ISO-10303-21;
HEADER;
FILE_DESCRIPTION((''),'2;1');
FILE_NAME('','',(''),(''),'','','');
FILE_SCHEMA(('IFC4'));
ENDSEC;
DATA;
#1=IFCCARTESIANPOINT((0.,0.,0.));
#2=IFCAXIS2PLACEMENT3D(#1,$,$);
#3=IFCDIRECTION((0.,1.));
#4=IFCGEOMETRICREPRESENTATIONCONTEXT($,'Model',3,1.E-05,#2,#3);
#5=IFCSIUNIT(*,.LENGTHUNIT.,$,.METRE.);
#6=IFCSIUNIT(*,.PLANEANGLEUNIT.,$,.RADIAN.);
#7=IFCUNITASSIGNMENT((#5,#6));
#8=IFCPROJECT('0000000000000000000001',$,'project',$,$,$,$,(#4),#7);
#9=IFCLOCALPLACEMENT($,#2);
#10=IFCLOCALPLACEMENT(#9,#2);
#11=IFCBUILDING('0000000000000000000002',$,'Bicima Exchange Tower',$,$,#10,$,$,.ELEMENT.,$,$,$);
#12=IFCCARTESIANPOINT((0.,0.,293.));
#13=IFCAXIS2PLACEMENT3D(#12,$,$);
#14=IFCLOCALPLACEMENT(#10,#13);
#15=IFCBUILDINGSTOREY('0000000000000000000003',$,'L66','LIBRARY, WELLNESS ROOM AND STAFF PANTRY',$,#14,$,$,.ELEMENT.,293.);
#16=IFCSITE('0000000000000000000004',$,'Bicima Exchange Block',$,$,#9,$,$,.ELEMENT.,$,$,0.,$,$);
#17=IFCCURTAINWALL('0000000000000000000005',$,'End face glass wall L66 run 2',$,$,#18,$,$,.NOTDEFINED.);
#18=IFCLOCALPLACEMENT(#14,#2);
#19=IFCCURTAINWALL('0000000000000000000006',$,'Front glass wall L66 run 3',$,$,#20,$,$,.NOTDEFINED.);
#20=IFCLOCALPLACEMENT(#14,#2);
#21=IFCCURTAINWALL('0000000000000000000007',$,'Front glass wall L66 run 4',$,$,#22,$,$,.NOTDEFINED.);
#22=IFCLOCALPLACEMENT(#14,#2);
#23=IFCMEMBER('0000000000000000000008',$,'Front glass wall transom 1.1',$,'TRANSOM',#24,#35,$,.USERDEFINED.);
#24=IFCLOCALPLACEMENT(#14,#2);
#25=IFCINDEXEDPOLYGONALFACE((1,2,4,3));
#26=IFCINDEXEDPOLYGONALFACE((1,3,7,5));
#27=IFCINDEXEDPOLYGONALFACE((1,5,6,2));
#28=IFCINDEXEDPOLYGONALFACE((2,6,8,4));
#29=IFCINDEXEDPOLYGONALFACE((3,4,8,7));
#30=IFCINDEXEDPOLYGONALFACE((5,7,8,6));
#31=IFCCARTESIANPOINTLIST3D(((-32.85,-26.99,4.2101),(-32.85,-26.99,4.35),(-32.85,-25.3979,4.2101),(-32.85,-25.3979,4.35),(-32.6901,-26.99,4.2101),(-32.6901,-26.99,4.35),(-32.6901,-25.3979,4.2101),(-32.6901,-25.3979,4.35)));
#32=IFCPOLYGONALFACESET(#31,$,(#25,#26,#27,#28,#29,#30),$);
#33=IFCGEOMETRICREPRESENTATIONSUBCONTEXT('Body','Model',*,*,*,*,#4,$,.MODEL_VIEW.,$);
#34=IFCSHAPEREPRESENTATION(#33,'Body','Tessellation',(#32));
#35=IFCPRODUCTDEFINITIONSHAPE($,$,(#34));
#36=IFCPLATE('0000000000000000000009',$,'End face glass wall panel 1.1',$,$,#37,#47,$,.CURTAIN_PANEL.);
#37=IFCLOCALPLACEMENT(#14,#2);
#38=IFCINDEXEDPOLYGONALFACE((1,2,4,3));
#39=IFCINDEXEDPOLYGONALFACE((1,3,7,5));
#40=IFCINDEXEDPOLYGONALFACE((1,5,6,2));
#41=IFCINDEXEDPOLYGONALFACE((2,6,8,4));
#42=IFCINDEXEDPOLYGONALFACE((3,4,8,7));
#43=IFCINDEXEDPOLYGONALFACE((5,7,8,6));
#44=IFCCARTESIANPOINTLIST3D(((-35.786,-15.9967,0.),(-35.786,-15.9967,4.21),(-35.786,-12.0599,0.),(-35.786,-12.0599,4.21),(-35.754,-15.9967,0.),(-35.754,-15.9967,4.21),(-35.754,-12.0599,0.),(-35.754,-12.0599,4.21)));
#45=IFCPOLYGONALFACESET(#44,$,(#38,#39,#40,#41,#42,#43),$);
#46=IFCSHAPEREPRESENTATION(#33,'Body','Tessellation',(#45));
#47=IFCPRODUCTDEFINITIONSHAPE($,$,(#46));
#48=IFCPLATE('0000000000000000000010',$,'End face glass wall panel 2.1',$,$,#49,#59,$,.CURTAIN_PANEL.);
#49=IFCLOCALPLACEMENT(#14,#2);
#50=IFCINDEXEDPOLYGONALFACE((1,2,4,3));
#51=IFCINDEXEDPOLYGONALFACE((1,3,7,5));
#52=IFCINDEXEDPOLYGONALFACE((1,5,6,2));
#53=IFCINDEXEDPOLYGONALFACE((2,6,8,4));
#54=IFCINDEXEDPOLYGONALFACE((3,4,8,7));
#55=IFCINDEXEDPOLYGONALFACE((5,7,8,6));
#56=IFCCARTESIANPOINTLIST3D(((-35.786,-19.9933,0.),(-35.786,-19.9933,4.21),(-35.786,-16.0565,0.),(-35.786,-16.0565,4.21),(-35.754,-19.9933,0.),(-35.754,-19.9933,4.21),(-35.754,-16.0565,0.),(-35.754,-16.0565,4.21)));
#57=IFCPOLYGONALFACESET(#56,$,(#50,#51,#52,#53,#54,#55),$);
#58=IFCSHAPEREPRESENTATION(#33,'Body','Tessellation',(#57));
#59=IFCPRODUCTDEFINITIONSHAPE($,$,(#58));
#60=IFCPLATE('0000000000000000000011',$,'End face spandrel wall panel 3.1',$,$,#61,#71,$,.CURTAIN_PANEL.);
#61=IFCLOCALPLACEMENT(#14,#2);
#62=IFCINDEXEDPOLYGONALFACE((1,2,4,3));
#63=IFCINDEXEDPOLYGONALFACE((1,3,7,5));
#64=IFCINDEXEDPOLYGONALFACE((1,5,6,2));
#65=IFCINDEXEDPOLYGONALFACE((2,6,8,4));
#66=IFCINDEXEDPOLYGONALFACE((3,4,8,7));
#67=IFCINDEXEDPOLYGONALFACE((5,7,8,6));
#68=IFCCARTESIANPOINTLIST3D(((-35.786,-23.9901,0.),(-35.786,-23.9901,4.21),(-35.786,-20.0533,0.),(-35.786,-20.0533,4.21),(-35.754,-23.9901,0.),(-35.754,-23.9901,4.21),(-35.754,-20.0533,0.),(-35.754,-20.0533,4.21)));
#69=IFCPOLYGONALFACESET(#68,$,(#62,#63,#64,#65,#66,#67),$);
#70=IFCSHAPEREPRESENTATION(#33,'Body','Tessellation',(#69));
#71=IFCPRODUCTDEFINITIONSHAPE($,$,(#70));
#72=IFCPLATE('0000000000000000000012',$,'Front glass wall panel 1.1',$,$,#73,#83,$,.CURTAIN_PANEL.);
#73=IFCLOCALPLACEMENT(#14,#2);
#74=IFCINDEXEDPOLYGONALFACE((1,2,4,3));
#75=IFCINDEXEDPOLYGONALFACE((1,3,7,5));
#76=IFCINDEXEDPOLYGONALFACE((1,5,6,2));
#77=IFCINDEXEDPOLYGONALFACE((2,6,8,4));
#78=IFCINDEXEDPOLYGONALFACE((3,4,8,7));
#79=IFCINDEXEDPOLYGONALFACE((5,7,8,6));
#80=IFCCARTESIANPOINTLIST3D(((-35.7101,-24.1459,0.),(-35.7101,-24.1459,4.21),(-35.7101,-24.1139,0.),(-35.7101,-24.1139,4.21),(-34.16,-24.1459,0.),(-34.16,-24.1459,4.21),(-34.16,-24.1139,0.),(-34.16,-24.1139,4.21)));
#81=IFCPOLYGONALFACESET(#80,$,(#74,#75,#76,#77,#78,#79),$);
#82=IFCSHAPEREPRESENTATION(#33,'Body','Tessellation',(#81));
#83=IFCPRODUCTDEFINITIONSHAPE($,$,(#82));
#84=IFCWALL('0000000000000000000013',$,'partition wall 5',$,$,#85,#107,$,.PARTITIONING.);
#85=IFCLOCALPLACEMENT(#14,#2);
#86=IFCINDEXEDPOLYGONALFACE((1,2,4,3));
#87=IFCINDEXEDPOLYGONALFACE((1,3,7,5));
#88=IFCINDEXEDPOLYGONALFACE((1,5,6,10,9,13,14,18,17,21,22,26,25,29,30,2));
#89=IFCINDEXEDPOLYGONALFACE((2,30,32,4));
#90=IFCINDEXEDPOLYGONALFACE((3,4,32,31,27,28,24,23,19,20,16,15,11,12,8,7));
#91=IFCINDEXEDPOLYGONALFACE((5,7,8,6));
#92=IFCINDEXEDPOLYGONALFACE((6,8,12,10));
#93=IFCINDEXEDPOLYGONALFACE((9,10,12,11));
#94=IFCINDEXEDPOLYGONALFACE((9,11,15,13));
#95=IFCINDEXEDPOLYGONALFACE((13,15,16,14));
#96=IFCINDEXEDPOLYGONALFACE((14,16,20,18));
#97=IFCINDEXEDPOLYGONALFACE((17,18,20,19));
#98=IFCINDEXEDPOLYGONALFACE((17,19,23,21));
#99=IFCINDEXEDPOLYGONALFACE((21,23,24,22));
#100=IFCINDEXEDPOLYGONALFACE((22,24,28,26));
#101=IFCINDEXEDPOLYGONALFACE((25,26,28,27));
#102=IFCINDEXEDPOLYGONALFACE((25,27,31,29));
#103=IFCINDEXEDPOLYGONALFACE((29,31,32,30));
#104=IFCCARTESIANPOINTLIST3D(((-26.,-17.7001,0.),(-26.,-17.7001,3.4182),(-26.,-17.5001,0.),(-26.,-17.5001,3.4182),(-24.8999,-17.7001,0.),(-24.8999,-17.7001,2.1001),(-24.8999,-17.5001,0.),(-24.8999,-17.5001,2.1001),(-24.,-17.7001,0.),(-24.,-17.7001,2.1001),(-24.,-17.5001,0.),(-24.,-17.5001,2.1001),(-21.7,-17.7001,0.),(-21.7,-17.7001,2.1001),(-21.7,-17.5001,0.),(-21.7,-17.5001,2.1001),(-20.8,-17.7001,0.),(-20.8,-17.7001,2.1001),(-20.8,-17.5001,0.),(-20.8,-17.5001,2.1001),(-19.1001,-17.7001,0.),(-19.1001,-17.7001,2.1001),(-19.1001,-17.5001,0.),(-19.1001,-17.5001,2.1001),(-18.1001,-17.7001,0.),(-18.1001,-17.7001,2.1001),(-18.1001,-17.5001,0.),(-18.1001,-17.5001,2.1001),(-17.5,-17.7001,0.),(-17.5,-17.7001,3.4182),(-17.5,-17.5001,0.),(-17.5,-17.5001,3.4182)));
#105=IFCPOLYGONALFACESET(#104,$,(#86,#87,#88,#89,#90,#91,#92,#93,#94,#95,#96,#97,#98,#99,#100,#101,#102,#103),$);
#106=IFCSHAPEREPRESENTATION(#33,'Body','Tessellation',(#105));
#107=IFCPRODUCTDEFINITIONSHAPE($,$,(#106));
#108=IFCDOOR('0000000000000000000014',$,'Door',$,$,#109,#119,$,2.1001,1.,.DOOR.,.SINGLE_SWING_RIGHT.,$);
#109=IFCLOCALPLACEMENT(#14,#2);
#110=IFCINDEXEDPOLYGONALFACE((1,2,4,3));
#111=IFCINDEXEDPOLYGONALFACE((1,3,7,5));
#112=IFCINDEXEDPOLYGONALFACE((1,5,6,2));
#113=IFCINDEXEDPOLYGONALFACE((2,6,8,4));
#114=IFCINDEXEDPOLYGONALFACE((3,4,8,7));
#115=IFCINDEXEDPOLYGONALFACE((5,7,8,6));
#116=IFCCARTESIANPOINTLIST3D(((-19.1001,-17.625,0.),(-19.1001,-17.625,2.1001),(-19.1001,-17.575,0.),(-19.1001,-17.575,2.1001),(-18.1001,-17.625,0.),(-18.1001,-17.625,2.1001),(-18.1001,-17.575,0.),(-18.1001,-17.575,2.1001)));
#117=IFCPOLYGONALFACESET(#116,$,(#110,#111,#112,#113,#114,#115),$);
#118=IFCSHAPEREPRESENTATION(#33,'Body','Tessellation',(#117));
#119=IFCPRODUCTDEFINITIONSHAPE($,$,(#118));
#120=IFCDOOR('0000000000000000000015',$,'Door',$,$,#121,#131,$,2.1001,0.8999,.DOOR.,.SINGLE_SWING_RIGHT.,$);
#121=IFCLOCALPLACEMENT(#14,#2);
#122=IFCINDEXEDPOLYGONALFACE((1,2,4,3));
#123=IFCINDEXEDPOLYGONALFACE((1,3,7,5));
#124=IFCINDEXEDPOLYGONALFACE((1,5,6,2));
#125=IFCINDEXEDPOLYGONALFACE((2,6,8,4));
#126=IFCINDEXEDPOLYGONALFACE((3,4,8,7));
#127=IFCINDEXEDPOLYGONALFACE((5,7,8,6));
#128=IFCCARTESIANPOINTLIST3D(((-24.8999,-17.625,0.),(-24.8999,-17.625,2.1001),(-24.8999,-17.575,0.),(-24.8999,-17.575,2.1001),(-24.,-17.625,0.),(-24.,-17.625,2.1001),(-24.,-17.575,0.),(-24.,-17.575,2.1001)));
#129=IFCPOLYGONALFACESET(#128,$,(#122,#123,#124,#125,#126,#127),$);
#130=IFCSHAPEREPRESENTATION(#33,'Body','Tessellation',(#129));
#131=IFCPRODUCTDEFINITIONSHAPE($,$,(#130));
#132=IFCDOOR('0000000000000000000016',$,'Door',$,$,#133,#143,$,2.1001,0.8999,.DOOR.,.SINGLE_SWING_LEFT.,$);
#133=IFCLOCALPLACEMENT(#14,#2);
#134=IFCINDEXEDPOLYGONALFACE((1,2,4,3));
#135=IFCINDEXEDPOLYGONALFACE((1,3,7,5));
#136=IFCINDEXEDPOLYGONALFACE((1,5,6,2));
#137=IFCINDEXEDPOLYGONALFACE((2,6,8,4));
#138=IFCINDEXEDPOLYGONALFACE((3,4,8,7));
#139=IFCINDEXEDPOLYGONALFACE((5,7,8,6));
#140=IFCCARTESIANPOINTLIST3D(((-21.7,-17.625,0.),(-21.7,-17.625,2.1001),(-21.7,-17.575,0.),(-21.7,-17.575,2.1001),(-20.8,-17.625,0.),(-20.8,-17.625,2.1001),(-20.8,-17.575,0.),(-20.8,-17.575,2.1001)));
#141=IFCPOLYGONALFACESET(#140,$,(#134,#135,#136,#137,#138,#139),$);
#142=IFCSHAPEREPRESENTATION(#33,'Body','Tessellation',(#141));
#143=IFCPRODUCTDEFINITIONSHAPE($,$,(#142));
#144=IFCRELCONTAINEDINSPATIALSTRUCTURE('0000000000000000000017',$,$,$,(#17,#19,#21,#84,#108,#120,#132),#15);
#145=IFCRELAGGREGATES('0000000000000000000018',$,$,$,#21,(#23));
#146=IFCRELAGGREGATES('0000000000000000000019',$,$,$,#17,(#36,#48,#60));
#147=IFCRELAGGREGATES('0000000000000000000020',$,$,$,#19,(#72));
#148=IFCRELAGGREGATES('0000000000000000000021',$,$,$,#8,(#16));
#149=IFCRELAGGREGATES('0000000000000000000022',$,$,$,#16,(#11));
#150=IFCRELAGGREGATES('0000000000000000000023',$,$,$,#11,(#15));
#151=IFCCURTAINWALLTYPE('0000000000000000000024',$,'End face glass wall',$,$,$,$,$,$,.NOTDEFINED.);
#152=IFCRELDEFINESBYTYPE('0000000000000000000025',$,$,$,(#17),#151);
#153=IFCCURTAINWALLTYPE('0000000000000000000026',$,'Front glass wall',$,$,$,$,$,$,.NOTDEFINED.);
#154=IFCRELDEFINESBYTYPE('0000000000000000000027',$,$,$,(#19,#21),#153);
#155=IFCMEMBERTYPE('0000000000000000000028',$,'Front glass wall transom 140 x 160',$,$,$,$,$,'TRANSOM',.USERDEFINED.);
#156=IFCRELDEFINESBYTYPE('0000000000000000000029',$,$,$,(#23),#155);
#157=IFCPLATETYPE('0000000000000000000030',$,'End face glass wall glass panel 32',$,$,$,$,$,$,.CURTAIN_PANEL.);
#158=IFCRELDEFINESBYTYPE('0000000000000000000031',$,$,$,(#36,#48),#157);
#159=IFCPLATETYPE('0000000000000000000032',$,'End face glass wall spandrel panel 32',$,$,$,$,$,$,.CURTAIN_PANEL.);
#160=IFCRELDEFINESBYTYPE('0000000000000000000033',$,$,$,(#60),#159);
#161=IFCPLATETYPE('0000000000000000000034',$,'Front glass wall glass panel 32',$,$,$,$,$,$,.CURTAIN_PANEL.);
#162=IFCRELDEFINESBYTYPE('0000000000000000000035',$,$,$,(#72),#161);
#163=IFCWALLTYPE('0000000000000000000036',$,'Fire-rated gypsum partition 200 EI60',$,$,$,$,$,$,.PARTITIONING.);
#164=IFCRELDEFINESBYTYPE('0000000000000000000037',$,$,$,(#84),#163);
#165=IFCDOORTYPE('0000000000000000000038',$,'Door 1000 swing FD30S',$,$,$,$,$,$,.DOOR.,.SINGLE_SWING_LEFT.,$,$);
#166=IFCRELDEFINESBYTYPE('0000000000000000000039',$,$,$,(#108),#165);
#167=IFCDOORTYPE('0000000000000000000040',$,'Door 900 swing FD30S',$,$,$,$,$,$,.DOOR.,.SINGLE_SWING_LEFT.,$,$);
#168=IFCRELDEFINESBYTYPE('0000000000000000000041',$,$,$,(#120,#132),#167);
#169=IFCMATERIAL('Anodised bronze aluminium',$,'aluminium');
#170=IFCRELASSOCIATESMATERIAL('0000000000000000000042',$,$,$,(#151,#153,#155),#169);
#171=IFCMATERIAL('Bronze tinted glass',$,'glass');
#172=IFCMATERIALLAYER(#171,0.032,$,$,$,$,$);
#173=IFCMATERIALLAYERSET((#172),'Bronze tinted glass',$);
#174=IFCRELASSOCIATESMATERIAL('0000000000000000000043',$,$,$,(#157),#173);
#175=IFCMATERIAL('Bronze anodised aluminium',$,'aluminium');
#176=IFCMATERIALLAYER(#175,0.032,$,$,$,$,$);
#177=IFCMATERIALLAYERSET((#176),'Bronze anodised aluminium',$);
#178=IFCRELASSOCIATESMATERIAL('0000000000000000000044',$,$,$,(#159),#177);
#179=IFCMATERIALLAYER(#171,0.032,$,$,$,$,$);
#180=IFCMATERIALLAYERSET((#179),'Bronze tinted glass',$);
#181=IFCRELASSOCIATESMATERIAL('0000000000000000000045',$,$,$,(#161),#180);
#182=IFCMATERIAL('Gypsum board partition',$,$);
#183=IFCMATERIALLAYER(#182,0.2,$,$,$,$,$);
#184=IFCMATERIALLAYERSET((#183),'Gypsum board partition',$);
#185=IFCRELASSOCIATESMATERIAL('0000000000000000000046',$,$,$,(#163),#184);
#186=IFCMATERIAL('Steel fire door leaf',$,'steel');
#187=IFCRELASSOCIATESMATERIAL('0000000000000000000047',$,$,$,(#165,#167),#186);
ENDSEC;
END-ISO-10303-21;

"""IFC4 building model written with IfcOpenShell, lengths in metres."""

from ifc_helpers import new_model, si_unit, direction, frame, frame_2d, origin, origin_2d, place, context, subcontext, project, spatial, rectangle, extrude, material, layer, layer_set, material_profile, profile_set, type_object, element, fill, aggregate, save


model = new_model("IFC4")

# Units and contexts
model_context = context("Model", 3, precision=1e-05, world=origin(), true_north=direction((0.0, 1.0)))
body_context = subcontext(model_context, "Body", "Model", "MODEL_VIEW")
ifc_project = project(units=[si_unit("LENGTHUNIT", "METRE"), si_unit("PLANEANGLEUNIT", "RADIAN")], contexts=[model_context])

# Site, building, storey
site_placement = place(None, origin())
site = spatial("IfcSite", under=ifc_project, at=site_placement, Name="Bicima Exchange Block", CompositionType="ELEMENT", RefElevation=0.0)
building_placement = place(site_placement, origin())
building = spatial("IfcBuilding", under=site, at=building_placement, Name="Bicima Exchange Tower", CompositionType="ELEMENT")
storey_placement = place(building_placement, frame((0.0, 0.0, 293.0)))
storey = spatial("IfcBuildingStorey", under=building, at=storey_placement, Name="L66", Description="LIBRARY, WELLNESS ROOM AND STAFF PANTRY", CompositionType="ELEMENT", Elevation=293.0)

# Curtain wall
ifc_material_1 = material(Name="Anodised bronze aluminium", Category="aluminium")
curtain_wall_type_1 = type_object("IfcCurtainWallType", Name="End face glass wall", PredefinedType="NOTDEFINED", material=ifc_material_1)
curtain_wall_1_placement = place(storey_placement, origin())
curtain_wall_1 = element("IfcCurtainWall", 1, at=curtain_wall_1_placement, inside=storey, type_object=curtain_wall_type_1, Name="End face glass wall L66 run 2", PredefinedType="NOTDEFINED")
ifc_material_profile_1 = material_profile(ifc_material_1, rectangle(XDim=0.1599, YDim=0.1399, at=origin_2d()))
ifc_profile_set_1 = profile_set([ifc_material_profile_1], Name="Anodised bronze aluminium")

# Curtain wall
curtain_wall_type_2 = type_object("IfcCurtainWallType", Name="Front glass wall", PredefinedType="NOTDEFINED", material=ifc_material_1)
curtain_wall_2_placement = place(storey_placement, origin())
curtain_wall_2 = element("IfcCurtainWall", 2, at=curtain_wall_2_placement, inside=storey, type_object=curtain_wall_type_2, Name="Front glass wall L66 run 3", PredefinedType="NOTDEFINED")

# Curtain wall
curtain_wall_3_placement = place(storey_placement, origin())
curtain_wall_3 = element("IfcCurtainWall", 3, at=curtain_wall_3_placement, inside=storey, type_object=curtain_wall_type_2, Name="Front glass wall L66 run 4", PredefinedType="NOTDEFINED")

# Member
member_type_1 = type_object("IfcMemberType", Name="Front glass wall transom 140 x 160", ElementType="TRANSOM", PredefinedType="USERDEFINED", material=ifc_profile_set_1)
member_1_placement = place(storey_placement, frame((-32.77, -25.3979, 4.28), z_axis=(0.0, -1.0, 0.0), x_axis=(1.0, 0.0, 0.0)))
member_1 = element("IfcMember", 4, at=member_1_placement, type_object=member_type_1, Name="Front glass wall transom 1.1", ObjectType="TRANSOM", PredefinedType="USERDEFINED", context=body_context, shape_type="SweptSolid", body=[
    extrude(rectangle(XDim=0.1599, YDim=0.1399, at=origin_2d()), origin(), (0.0, 0.0, 1.0), 1.592),
])
aggregate(curtain_wall_3, [member_1])

# Plates
ifc_material_2 = material(Name="Bronze tinted glass", Category="glass")
ifc_layer_1 = layer(ifc_material_2, 0.032)
ifc_layer_set_1 = layer_set([ifc_layer_1], Name="Bronze tinted glass")
plate_type_1 = type_object("IfcPlateType", Name="End face glass wall glass panel 32", PredefinedType="CURTAIN_PANEL", material=ifc_layer_set_1)
plate_1_placement = place(storey_placement, frame((-35.77, -14.0283, 0.0), z_axis=(0.0, 0.0, 1.0), x_axis=(0.0, -1.0, 0.0)))
plate_1 = element("IfcPlate", 5, at=plate_1_placement, type_object=plate_type_1, Name="End face glass wall panel 1.1", PredefinedType="CURTAIN_PANEL", context=body_context, shape_type="SweptSolid", body=[
    extrude(rectangle(XDim=3.9368, YDim=0.032, at=origin_2d()), origin(), (0.0, 0.0, 1.0), 4.21),
])
plate_2_placement = place(storey_placement, frame((-35.77, -18.0249, 0.0), z_axis=(0.0, 0.0, 1.0), x_axis=(0.0, -1.0, 0.0)))
plate_2 = element("IfcPlate", 6, at=plate_2_placement, type_object=plate_type_1, Name="End face glass wall panel 2.1", PredefinedType="CURTAIN_PANEL", context=body_context, shape_type="SweptSolid", body=[
    extrude(rectangle(XDim=3.9368, YDim=0.032, at=origin_2d()), origin(), (0.0, 0.0, 1.0), 4.21),
])
ifc_material_3 = material(Name="Bronze anodised aluminium", Category="aluminium")
ifc_layer_2 = layer(ifc_material_3, 0.032)
ifc_layer_set_2 = layer_set([ifc_layer_2], Name="Bronze anodised aluminium")
plate_type_2 = type_object("IfcPlateType", Name="End face glass wall spandrel panel 32", PredefinedType="CURTAIN_PANEL", material=ifc_layer_set_2)
plate_3_placement = place(storey_placement, frame((-35.77, -22.0217, 0.0), z_axis=(0.0, 0.0, 1.0), x_axis=(0.0, -1.0, 0.0)))
plate_3 = element("IfcPlate", 7, at=plate_3_placement, type_object=plate_type_2, Name="End face spandrel wall panel 3.1", PredefinedType="CURTAIN_PANEL", context=body_context, shape_type="SweptSolid", body=[
    extrude(rectangle(XDim=3.9368, YDim=0.032, at=origin_2d()), origin(), (0.0, 0.0, 1.0), 4.21),
])
aggregate(curtain_wall_1, [plate_1, plate_2, plate_3])
ifc_layer_3 = layer(ifc_material_2, 0.032)
ifc_layer_set_3 = layer_set([ifc_layer_3], Name="Bronze tinted glass")
plate_type_3 = type_object("IfcPlateType", Name="Front glass wall glass panel 32", PredefinedType="CURTAIN_PANEL", material=ifc_layer_set_3)
plate_4_placement = place(storey_placement, frame((-34.9351, -24.1299, 0.0), z_axis=(0.0, 0.0, 1.0), x_axis=(1.0, 0.0, 0.0)))
plate_4 = element("IfcPlate", 8, at=plate_4_placement, type_object=plate_type_3, Name="Front glass wall panel 1.1", PredefinedType="CURTAIN_PANEL", context=body_context, shape_type="SweptSolid", body=[
    extrude(rectangle(XDim=1.55, YDim=0.032, at=origin_2d()), origin(), (0.0, 0.0, 1.0), 4.21),
])
aggregate(curtain_wall_2, [plate_4])

# Wall, openings, doors
ifc_material_4 = material(Name="Gypsum board partition")
ifc_layer_4 = layer(ifc_material_4, 0.2)
ifc_layer_set_4 = layer_set([ifc_layer_4], Name="Gypsum board partition")
wall_type_1 = type_object("IfcWallType", Name="Fire-rated gypsum partition 200 EI60", PredefinedType="PARTITIONING", material=ifc_layer_set_4)
wall_1_placement = place(storey_placement, frame((-26.0, -17.6001, 0.0), z_axis=(0.0, 0.0, 1.0), x_axis=(1.0, 0.0, 0.0)))
wall_1 = element("IfcWall", 9, at=wall_1_placement, inside=storey, type_object=wall_type_1, Name="partition wall 5", PredefinedType="PARTITIONING", context=body_context, shape_type="SweptSolid", body=[
    extrude(rectangle(XDim=8.5, YDim=0.2, at=frame_2d((4.25, 0.0))), origin(), (0.0, 0.0, 1.0), 3.4182),
])
opening_1_placement = place(wall_1_placement, frame((1.1001, 0.0, 0.0)))
opening_1 = element("IfcOpeningElement", 10, at=opening_1_placement, cuts=wall_1, PredefinedType="OPENING", context=body_context, shape_type="SweptSolid", body=[
    extrude(rectangle(XDim=0.8999, YDim=2.1001, at=frame_2d((0.45, 1.05))), frame((0.0, 0.1118, 0.0), z_axis=(0.0, -1.0, 0.0), x_axis=(1.0, 0.0, 0.0)), (0.0, 0.0, 1.0), 0.2239),
])
opening_2_placement = place(wall_1_placement, frame((4.3, 0.0, 0.0)))
opening_2 = element("IfcOpeningElement", 11, at=opening_2_placement, cuts=wall_1, PredefinedType="OPENING", context=body_context, shape_type="SweptSolid", body=[
    extrude(rectangle(XDim=0.8999, YDim=2.1001, at=frame_2d((0.45, 1.05))), frame((0.0, 0.1118, 0.0), z_axis=(0.0, -1.0, 0.0), x_axis=(1.0, 0.0, 0.0)), (0.0, 0.0, 1.0), 0.2239),
])
opening_3_placement = place(wall_1_placement, frame((6.8999, 0.0, 0.0)))
opening_3 = element("IfcOpeningElement", 12, at=opening_3_placement, cuts=wall_1, PredefinedType="OPENING", context=body_context, shape_type="SweptSolid", body=[
    extrude(rectangle(XDim=1.0, YDim=2.1001, at=frame_2d((0.5, 1.05))), frame((0.0, 0.1118, 0.0), z_axis=(0.0, -1.0, 0.0), x_axis=(1.0, 0.0, 0.0)), (0.0, 0.0, 1.0), 0.2239),
])
ifc_material_5 = material(Name="Steel fire door leaf", Category="steel")
door_type_1 = type_object("IfcDoorType", Name="Door 1000 swing FD30S", OperationType="SINGLE_SWING_LEFT", PredefinedType="DOOR", material=ifc_material_5)
door_1_placement = place(opening_3_placement, frame((1.0, 0.0, 0.0), z_axis=(0.0, 0.0, 1.0), x_axis=(-1.0, 0.0, 0.0)))
door_1 = element("IfcDoor", 13, at=door_1_placement, inside=storey, type_object=door_type_1, Name="Door", OperationType="SINGLE_SWING_RIGHT", OverallHeight=2.1001, OverallWidth=1.0, PredefinedType="DOOR", context=body_context, shape_type="SweptSolid", body=[
    extrude(rectangle(XDim=1.0, YDim=2.1001, at=frame_2d((0.5, 1.05))), frame((0.0, 0.0249, 0.0), z_axis=(0.0, -1.0, 0.0), x_axis=(1.0, 0.0, 0.0)), (0.0, 0.0, 1.0), 0.05),
])
fill(opening_3, door_1)
door_type_2 = type_object("IfcDoorType", Name="Door 900 swing FD30S", OperationType="SINGLE_SWING_LEFT", PredefinedType="DOOR", material=ifc_material_5)
door_2_placement = place(opening_1_placement, frame((0.8999, 0.0, 0.0), z_axis=(0.0, 0.0, 1.0), x_axis=(-1.0, 0.0, 0.0)))
door_2 = element("IfcDoor", 14, at=door_2_placement, inside=storey, type_object=door_type_2, Name="Door", OperationType="SINGLE_SWING_RIGHT", OverallHeight=2.1001, OverallWidth=0.8999, PredefinedType="DOOR", context=body_context, shape_type="SweptSolid", body=[
    extrude(rectangle(XDim=0.8999, YDim=2.1001, at=frame_2d((0.45, 1.05))), frame((0.0, 0.0249, 0.0), z_axis=(0.0, -1.0, 0.0), x_axis=(1.0, 0.0, 0.0)), (0.0, 0.0, 1.0), 0.05),
])
fill(opening_1, door_2)
door_3_placement = place(opening_2_placement, frame((0.8999, 0.0, 0.0), z_axis=(0.0, 0.0, 1.0), x_axis=(-1.0, 0.0, 0.0)))
door_3 = element("IfcDoor", 15, at=door_3_placement, inside=storey, type_object=door_type_2, Name="Door", OperationType="SINGLE_SWING_LEFT", OverallHeight=2.1001, OverallWidth=0.8999, PredefinedType="DOOR", context=body_context, shape_type="SweptSolid", body=[
    extrude(rectangle(XDim=0.8999, YDim=2.1001, at=frame_2d((0.45, 1.05))), frame((0.0, 0.0249, 0.0), z_axis=(0.0, -1.0, 0.0), x_axis=(1.0, 0.0, 0.0)), (0.0, 0.0, 1.0), 0.05),
])
fill(opening_2, door_3)

save(model, "model.ifc")
